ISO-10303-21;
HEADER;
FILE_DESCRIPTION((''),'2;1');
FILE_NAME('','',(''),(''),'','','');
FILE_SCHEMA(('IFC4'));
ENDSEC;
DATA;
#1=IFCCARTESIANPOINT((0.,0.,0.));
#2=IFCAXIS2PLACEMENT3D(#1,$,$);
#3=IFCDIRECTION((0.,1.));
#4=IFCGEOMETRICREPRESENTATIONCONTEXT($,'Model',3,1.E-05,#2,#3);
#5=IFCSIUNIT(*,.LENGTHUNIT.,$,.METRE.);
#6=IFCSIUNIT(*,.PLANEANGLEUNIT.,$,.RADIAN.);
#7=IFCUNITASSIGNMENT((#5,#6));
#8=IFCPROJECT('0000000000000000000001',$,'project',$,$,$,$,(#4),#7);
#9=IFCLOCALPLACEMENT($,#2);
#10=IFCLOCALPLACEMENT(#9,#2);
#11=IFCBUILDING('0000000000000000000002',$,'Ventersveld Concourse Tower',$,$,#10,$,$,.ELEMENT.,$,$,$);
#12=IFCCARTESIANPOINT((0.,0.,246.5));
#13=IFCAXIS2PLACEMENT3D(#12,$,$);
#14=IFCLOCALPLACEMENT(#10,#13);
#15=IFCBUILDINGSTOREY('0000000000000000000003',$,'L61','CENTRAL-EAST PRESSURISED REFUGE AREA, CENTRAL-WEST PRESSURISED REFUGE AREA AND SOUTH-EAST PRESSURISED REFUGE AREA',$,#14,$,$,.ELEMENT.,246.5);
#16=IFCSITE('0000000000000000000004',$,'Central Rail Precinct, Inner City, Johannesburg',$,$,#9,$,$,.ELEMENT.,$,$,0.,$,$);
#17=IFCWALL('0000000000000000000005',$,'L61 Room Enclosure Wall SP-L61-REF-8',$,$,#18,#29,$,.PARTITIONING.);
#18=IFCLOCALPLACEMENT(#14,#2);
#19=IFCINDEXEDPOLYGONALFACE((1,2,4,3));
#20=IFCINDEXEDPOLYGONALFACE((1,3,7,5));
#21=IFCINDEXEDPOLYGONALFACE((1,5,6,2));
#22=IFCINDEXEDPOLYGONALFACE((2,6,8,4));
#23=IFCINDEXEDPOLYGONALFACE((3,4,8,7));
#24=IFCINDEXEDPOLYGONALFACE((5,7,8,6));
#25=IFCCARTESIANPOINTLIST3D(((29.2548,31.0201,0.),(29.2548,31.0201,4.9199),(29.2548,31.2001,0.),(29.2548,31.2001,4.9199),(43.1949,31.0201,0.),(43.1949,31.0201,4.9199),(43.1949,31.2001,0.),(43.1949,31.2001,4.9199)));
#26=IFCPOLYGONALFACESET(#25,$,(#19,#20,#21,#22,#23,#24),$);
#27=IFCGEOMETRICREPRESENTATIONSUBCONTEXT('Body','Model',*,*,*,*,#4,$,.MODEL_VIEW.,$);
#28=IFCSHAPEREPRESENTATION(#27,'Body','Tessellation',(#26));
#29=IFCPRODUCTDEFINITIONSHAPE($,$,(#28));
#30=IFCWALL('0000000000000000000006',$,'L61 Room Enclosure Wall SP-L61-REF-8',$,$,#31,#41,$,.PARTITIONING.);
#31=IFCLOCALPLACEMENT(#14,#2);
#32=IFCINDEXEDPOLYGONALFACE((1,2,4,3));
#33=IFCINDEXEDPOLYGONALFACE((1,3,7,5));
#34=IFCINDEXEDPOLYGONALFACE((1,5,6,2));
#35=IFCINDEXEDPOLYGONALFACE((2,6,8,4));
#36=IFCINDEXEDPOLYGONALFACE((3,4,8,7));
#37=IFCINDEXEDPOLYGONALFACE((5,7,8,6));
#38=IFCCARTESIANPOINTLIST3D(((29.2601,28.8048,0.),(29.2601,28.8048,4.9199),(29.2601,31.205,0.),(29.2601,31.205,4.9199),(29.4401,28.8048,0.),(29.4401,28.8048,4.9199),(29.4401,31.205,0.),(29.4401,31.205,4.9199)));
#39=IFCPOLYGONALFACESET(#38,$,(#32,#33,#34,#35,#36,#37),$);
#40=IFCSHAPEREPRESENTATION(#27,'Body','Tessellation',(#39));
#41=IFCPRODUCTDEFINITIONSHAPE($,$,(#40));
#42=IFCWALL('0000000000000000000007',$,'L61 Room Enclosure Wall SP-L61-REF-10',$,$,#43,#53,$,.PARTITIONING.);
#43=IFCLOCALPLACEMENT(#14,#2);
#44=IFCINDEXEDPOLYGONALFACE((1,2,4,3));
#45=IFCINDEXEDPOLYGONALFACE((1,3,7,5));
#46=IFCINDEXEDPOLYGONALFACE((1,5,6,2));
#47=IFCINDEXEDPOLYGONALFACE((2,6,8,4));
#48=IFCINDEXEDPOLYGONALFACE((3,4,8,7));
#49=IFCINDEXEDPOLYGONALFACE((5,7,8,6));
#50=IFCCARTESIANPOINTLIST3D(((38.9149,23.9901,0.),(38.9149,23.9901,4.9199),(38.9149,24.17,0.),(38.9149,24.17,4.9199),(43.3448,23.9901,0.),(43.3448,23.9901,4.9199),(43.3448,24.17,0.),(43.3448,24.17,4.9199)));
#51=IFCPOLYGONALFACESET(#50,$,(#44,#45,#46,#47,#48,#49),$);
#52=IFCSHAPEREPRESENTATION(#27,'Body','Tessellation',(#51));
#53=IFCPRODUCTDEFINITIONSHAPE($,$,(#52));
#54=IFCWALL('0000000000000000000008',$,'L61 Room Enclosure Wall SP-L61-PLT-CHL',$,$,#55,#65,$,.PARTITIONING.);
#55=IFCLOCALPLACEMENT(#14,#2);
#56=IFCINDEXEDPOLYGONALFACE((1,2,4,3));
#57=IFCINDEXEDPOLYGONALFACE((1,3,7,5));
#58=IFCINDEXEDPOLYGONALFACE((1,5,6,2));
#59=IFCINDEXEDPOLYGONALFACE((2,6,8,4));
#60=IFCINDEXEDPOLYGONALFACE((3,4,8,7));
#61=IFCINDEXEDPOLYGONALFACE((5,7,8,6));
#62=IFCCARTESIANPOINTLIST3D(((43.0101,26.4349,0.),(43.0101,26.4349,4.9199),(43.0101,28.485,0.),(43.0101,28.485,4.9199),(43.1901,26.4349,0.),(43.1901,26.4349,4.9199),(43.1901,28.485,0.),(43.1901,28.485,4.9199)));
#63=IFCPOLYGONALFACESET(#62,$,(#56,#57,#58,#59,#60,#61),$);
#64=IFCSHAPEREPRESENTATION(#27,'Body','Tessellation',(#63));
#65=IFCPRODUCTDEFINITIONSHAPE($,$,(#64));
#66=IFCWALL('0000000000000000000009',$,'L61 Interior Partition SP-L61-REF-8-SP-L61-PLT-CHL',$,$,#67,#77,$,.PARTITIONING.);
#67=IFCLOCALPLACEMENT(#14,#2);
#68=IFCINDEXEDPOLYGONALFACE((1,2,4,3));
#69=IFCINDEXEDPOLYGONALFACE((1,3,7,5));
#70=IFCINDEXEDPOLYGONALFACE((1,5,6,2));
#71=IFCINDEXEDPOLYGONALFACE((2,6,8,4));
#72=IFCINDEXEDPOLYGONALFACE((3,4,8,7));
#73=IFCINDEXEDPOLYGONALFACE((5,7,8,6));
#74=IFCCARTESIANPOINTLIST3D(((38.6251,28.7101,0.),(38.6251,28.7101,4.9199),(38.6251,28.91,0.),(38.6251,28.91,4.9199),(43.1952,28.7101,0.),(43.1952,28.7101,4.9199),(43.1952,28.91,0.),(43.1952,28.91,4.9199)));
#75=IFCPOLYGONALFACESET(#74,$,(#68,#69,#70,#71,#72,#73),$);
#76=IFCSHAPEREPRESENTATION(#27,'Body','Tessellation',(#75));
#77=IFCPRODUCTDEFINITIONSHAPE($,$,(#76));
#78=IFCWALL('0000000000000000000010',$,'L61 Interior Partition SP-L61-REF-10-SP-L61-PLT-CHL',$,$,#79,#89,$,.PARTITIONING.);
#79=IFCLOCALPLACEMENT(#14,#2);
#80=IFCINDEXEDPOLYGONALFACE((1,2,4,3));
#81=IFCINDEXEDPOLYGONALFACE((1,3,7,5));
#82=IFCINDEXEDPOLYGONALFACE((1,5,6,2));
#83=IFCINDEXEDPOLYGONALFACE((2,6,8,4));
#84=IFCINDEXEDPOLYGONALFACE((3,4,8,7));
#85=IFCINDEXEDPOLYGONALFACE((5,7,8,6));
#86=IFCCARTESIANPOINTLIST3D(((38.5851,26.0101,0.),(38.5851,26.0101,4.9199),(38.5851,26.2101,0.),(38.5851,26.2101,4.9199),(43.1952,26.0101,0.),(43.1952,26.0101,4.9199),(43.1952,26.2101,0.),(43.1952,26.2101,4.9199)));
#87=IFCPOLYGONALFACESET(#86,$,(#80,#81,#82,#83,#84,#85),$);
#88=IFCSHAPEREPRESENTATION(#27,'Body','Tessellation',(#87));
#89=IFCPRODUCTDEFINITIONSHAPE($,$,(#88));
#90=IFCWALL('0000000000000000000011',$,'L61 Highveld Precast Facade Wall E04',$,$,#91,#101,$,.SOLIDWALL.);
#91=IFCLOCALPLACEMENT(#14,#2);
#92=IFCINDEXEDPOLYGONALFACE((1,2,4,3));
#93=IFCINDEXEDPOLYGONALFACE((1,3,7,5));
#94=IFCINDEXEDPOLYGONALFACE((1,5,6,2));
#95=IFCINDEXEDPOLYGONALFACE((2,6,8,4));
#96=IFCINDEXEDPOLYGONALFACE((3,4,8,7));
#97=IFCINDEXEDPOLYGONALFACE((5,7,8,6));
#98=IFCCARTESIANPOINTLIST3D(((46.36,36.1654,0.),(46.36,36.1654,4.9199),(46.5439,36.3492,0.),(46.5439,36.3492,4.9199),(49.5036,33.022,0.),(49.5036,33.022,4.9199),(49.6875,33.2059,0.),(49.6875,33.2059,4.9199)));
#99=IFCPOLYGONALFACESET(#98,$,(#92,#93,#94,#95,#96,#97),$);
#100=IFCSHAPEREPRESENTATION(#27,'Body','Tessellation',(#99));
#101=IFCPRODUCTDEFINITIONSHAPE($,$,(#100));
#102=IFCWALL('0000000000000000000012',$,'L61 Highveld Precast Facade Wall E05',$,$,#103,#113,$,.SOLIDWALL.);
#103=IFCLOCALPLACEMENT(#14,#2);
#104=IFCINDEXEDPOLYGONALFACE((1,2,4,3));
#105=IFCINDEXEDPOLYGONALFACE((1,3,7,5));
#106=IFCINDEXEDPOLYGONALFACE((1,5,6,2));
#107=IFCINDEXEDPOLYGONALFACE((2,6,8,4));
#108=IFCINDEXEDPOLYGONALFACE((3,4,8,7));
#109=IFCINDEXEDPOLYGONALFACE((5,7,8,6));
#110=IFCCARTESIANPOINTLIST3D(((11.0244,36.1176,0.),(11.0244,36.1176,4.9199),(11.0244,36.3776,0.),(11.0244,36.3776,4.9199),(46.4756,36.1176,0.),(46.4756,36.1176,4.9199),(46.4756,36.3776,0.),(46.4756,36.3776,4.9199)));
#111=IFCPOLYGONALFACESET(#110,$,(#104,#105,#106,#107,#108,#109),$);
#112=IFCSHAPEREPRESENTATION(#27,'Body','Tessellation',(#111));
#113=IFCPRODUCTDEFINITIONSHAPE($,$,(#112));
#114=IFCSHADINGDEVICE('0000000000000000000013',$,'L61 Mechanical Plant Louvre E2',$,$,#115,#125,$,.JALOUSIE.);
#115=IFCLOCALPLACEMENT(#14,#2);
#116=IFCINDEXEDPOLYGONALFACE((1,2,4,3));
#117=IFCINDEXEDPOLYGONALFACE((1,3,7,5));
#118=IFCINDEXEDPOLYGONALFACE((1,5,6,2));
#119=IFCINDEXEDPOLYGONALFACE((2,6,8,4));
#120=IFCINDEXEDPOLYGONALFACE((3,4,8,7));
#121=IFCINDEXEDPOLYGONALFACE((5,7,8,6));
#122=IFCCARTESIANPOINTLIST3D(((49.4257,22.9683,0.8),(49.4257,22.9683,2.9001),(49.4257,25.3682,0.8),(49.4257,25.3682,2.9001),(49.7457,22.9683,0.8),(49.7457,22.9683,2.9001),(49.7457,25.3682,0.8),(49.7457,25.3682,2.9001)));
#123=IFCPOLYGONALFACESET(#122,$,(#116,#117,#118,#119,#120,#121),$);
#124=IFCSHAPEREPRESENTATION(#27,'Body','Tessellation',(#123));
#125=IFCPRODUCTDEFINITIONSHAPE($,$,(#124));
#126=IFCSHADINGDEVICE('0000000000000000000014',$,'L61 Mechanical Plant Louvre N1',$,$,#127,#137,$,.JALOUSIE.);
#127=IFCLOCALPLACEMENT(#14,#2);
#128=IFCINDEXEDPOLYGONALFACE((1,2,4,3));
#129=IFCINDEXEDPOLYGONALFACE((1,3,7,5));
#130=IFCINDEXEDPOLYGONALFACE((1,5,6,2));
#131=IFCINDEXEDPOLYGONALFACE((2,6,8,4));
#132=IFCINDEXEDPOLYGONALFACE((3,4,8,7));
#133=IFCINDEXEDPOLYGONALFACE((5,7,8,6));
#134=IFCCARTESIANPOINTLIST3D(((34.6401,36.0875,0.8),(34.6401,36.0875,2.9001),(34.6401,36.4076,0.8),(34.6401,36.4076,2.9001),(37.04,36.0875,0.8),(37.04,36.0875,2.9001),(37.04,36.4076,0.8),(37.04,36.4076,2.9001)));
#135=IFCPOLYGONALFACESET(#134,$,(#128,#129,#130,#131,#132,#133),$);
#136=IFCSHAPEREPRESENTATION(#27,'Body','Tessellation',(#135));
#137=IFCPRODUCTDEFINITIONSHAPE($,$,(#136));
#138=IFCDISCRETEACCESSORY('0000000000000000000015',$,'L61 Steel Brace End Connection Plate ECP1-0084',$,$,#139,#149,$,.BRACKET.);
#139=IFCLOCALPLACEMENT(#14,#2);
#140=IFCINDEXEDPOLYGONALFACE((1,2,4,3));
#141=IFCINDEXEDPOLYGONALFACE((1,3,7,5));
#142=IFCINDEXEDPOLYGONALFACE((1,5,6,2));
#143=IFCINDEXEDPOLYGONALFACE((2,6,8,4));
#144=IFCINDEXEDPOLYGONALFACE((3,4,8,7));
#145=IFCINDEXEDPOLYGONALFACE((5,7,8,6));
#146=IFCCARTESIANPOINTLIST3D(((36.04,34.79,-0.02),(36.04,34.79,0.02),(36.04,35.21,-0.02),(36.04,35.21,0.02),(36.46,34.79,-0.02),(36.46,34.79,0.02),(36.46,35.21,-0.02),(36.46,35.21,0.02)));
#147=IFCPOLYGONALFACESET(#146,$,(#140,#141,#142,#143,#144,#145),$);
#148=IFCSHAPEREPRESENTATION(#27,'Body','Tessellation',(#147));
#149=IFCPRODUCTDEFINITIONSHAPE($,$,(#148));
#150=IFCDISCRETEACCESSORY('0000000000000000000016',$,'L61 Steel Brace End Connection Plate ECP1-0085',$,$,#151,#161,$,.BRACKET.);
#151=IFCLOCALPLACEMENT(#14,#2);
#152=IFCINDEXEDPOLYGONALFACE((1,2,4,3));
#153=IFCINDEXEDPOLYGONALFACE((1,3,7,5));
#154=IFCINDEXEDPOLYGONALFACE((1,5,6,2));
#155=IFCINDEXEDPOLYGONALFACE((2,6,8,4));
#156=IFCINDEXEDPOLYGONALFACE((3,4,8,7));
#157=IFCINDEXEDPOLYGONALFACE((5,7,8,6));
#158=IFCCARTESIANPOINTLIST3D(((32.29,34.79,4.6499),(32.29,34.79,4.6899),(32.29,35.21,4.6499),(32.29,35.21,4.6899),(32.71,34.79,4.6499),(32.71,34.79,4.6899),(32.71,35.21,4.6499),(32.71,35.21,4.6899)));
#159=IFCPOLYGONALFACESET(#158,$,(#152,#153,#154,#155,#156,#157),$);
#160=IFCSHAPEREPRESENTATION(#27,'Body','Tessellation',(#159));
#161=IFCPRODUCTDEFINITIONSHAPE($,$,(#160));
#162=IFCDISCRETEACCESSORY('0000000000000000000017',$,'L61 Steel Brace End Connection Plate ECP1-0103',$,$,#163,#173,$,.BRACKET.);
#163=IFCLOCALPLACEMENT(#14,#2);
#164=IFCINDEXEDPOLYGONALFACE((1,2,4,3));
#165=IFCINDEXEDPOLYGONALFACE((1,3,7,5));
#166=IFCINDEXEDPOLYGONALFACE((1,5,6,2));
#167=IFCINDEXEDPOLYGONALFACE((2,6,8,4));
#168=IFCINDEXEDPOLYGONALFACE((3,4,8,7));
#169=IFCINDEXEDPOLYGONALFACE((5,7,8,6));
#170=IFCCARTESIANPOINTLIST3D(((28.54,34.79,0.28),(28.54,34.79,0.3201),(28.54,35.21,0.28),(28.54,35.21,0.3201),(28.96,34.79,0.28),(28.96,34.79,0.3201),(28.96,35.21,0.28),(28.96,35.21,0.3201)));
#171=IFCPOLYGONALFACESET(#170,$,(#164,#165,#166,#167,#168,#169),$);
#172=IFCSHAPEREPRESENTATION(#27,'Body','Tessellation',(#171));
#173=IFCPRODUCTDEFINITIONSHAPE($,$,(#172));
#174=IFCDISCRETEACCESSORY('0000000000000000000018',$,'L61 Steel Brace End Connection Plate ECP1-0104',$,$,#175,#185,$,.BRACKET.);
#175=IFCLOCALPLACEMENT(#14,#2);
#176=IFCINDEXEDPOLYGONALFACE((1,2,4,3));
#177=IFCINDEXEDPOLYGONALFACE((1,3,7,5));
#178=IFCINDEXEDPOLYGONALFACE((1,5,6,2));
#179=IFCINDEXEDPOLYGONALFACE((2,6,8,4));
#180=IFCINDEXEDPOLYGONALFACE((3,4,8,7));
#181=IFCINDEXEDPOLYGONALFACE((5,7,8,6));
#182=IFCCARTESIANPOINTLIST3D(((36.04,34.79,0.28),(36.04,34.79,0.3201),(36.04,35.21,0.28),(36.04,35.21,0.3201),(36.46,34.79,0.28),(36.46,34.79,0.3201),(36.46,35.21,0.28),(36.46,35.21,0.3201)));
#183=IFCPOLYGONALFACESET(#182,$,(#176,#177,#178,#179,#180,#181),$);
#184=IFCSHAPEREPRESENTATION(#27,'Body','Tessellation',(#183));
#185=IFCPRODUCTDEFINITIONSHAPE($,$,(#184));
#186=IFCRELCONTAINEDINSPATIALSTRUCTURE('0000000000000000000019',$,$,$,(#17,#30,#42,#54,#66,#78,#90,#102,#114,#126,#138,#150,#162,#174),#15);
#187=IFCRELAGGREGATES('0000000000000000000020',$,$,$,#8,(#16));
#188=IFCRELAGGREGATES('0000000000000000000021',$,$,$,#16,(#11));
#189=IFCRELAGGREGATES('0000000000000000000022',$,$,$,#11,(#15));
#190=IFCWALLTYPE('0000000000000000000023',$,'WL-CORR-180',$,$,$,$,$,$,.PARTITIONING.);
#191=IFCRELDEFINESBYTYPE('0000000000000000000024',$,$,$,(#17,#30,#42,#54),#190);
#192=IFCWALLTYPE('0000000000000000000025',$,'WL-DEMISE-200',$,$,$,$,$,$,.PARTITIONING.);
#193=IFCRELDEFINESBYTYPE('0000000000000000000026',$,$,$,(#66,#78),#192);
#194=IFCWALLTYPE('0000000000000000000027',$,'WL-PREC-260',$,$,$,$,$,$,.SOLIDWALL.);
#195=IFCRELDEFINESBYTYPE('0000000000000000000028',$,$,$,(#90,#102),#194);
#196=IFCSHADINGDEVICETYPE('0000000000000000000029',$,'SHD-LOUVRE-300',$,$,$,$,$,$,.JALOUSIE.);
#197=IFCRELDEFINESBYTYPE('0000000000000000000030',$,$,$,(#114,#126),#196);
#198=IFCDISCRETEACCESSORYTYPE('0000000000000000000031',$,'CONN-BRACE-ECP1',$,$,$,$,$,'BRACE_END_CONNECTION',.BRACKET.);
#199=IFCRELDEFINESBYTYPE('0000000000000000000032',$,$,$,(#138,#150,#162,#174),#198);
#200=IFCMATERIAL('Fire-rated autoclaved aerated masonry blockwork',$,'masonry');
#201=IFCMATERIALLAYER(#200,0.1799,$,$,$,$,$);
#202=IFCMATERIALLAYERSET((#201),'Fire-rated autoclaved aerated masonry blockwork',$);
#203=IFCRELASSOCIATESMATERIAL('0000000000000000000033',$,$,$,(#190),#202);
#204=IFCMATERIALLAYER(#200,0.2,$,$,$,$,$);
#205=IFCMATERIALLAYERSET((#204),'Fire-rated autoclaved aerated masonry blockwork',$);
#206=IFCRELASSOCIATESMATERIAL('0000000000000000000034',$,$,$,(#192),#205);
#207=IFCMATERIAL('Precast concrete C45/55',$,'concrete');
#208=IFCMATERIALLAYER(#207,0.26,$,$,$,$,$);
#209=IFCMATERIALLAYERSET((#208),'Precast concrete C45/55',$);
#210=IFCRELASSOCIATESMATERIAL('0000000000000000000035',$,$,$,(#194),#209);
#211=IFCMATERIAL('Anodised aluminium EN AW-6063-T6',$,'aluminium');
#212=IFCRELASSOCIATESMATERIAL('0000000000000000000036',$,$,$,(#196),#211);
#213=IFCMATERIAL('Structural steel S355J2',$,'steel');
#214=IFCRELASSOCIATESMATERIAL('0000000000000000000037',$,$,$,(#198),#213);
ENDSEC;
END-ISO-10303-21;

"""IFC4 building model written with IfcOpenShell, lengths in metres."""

from ifc_helpers import new_model, si_unit, direction, frame, frame_2d, origin, origin_2d, place, context, subcontext, project, spatial, rectangle, extrude, material, layer, layer_set, type_object, element, save


model = new_model("IFC4")

# Units and contexts
model_context = context("Model", 3, precision=1e-05, world=origin(), true_north=direction((0.0, 1.0)))
body_context = subcontext(model_context, "Body", "Model", "MODEL_VIEW")
ifc_project = project(units=[si_unit("LENGTHUNIT", "METRE"), si_unit("PLANEANGLEUNIT", "RADIAN")], contexts=[model_context])

# Site, building, storey
site_placement = place(None, origin())
site = spatial("IfcSite", under=ifc_project, at=site_placement, Name="Central Rail Precinct, Inner City, Johannesburg", CompositionType="ELEMENT", RefElevation=0.0)
building_placement = place(site_placement, origin())
building = spatial("IfcBuilding", under=site, at=building_placement, Name="Ventersveld Concourse Tower", CompositionType="ELEMENT")
storey_placement = place(building_placement, frame((0.0, 0.0, 246.5)))
storey = spatial("IfcBuildingStorey", under=building, at=storey_placement, Name="L61", Description="CENTRAL-EAST PRESSURISED REFUGE AREA, CENTRAL-WEST PRESSURISED REFUGE AREA AND SOUTH-EAST PRESSURISED REFUGE AREA", CompositionType="ELEMENT", Elevation=246.5)

# Shared definitions
ifc_material_1 = material(Name="Structural steel S355J2", Category="steel")

# Shared definitions
ifc_material_2 = material(Name="Fire-rated autoclaved aerated masonry blockwork", Category="masonry")
ifc_layer_1 = layer(ifc_material_2, 0.1799)
ifc_layer_set_1 = layer_set([ifc_layer_1], Name="Fire-rated autoclaved aerated masonry blockwork")
wall_type_1 = type_object("IfcWallType", Name="WL-CORR-180", PredefinedType="PARTITIONING", material=ifc_layer_set_1)

# Walls
wall_1_placement = place(storey_placement, frame((43.1951, 31.1101, 0.0), z_axis=(0.0, 0.0, 1.0), x_axis=(-1.0, 0.0, 0.0)))
element("IfcWall", 1, at=wall_1_placement, inside=storey, type_object=wall_type_1, Name="L61 Room Enclosure Wall SP-L61-REF-8", PredefinedType="PARTITIONING", context=body_context, shape_type="SweptSolid", body=[
    extrude(rectangle(XDim=13.9402, YDim=0.1799, at=frame_2d((6.9702, 0.0))), origin(), (0.0, 0.0, 1.0), 4.9199),
])
wall_2_placement = place(storey_placement, frame((29.3501, 31.2051, 0.0), z_axis=(0.0, 0.0, 1.0), x_axis=(0.0, -1.0, 0.0)))
element("IfcWall", 2, at=wall_2_placement, inside=storey, type_object=wall_type_1, Name="L61 Room Enclosure Wall SP-L61-REF-8", PredefinedType="PARTITIONING", context=body_context, shape_type="SweptSolid", body=[
    extrude(rectangle(XDim=2.4001, YDim=0.1799, at=frame_2d((1.2002, 0.0))), origin(), (0.0, 0.0, 1.0), 4.9199),
])
wall_3_placement = place(storey_placement, frame((38.915, 24.0801, 0.0), z_axis=(0.0, 0.0, 1.0), x_axis=(1.0, 0.0, 0.0)))
element("IfcWall", 3, at=wall_3_placement, inside=storey, type_object=wall_type_1, Name="L61 Room Enclosure Wall SP-L61-REF-10", PredefinedType="PARTITIONING", context=body_context, shape_type="SweptSolid", body=[
    extrude(rectangle(XDim=4.4299, YDim=0.1799, at=frame_2d((2.2148, 0.0))), origin(), (0.0, 0.0, 1.0), 4.9199),
])
wall_4_placement = place(storey_placement, frame((43.1001, 26.4351, 0.0), z_axis=(0.0, 0.0, 1.0), x_axis=(0.0, 1.0, 0.0)))
element("IfcWall", 4, at=wall_4_placement, inside=storey, type_object=wall_type_1, Name="L61 Room Enclosure Wall SP-L61-PLT-CHL", PredefinedType="PARTITIONING", context=body_context, shape_type="SweptSolid", body=[
    extrude(rectangle(XDim=2.05, YDim=0.1799, at=frame_2d((1.0249, 0.0))), origin(), (0.0, 0.0, 1.0), 4.9199),
])
ifc_layer_2 = layer(ifc_material_2, 0.2)
ifc_layer_set_2 = layer_set([ifc_layer_2], Name="Fire-rated autoclaved aerated masonry blockwork")
wall_type_2 = type_object("IfcWallType", Name="WL-DEMISE-200", PredefinedType="PARTITIONING", material=ifc_layer_set_2)
wall_5_placement = place(storey_placement, frame((38.625, 28.8101, 0.0), z_axis=(0.0, 0.0, 1.0), x_axis=(1.0, 0.0, 0.0)))
element("IfcWall", 5, at=wall_5_placement, inside=storey, type_object=wall_type_2, Name="L61 Interior Partition SP-L61-REF-8-SP-L61-PLT-CHL", PredefinedType="PARTITIONING", context=body_context, shape_type="SweptSolid", body=[
    extrude(rectangle(XDim=4.5701, YDim=0.2, at=frame_2d((2.2852, 0.0))), origin(), (0.0, 0.0, 1.0), 4.9199),
])
wall_6_placement = place(storey_placement, frame((38.585, 26.1101, 0.0), z_axis=(0.0, 0.0, 1.0), x_axis=(1.0, 0.0, 0.0)))
element("IfcWall", 6, at=wall_6_placement, inside=storey, type_object=wall_type_2, Name="L61 Interior Partition SP-L61-REF-10-SP-L61-PLT-CHL", PredefinedType="PARTITIONING", context=body_context, shape_type="SweptSolid", body=[
    extrude(rectangle(XDim=4.6101, YDim=0.2, at=frame_2d((2.3052, 0.0))), origin(), (0.0, 0.0, 1.0), 4.9199),
])
ifc_material_3 = material(Name="Precast concrete C45/55", Category="concrete")
ifc_layer_3 = layer(ifc_material_3, 0.26)
ifc_layer_set_3 = layer_set([ifc_layer_3], Name="Precast concrete C45/55")
wall_type_3 = type_object("IfcWallType", Name="WL-PREC-260", PredefinedType="SOLIDWALL", material=ifc_layer_set_3)
wall_7_placement = place(storey_placement, frame((49.5955, 33.114, 0.0), z_axis=(0.0, 0.0, 1.0), x_axis=(-0.707134, 0.707079, 0.0)))
element("IfcWall", 7, at=wall_7_placement, inside=storey, type_object=wall_type_3, Name="L61 Highveld Precast Facade Wall E04", PredefinedType="SOLIDWALL", context=body_context, shape_type="SweptSolid", body=[
    extrude(rectangle(XDim=4.4456, YDim=0.26, at=frame_2d((2.2227, 0.0))), origin(), (0.0, 0.0, 1.0), 4.9199),
])
wall_8_placement = place(storey_placement, frame((46.4756, 36.2476, 0.0), z_axis=(0.0, 0.0, 1.0), x_axis=(-1.0, 0.0, 0.0)))
element("IfcWall", 8, at=wall_8_placement, inside=storey, type_object=wall_type_3, Name="L61 Highveld Precast Facade Wall E05", PredefinedType="SOLIDWALL", context=body_context, shape_type="SweptSolid", body=[
    extrude(rectangle(XDim=35.4512, YDim=0.26, at=frame_2d((17.7256, 0.0))), origin(), (0.0, 0.0, 1.0), 4.9199),
])

# Shading devices
ifc_material_4 = material(Name="Anodised aluminium EN AW-6063-T6", Category="aluminium")
shading_device_type = type_object("IfcShadingDeviceType", Name="SHD-LOUVRE-300", PredefinedType="JALOUSIE", material=ifc_material_4)
for number, where, z_axis, x_axis, name in (
    (9, (49.5857, 24.1682, 0.8), (0.0, 0.0, 1.0), (0.0, 1.0, 0.0), "L61 Mechanical Plant Louvre E2"),
    (10, (35.8401, 36.2476, 0.8), (0.0, 0.0, 1.0), (-1.0, 0.0, 0.0), "L61 Mechanical Plant Louvre N1"),
):
    element("IfcShadingDevice", number, at=place(storey_placement, frame(where, z_axis=z_axis, x_axis=x_axis)), inside=storey, type_object=shading_device_type, Name=name, PredefinedType="JALOUSIE", context=body_context, shape_type="SweptSolid", body=[
        extrude(rectangle(XDim=2.3999, YDim=0.3201, at=origin_2d()), origin(), (0.0, 0.0, 1.0), 2.1001),
    ])

# Discrete accessories
discrete_accessory_type = type_object("IfcDiscreteAccessoryType", Name="CONN-BRACE-ECP1", ElementType="BRACE_END_CONNECTION", PredefinedType="BRACKET", material=ifc_material_1)
for number, where, z_axis, x_axis, name in (
    (11, (36.25, 35.0, -0.02), (0.0, 0.0, 1.0), (1.0, 0.0, 0.0), "L61 Steel Brace End Connection Plate ECP1-0084"),
    (12, (32.5, 35.0, 4.6499), (0.0, 0.0, 1.0), (1.0, 0.0, 0.0), "L61 Steel Brace End Connection Plate ECP1-0085"),
    (13, (28.75, 35.0, 0.28), (0.0, 0.0, 1.0), (1.0, 0.0, 0.0), "L61 Steel Brace End Connection Plate ECP1-0103"),
    (14, (36.25, 35.0, 0.28), (0.0, 0.0, 1.0), (1.0, 0.0, 0.0), "L61 Steel Brace End Connection Plate ECP1-0104"),
):
    element("IfcDiscreteAccessory", number, at=place(storey_placement, frame(where, z_axis=z_axis, x_axis=x_axis)), inside=storey, type_object=discrete_accessory_type, Name=name, PredefinedType="BRACKET", context=body_context, shape_type="SweptSolid", body=[
        extrude(rectangle(XDim=0.4199, YDim=0.4199, at=origin_2d()), origin(), (0.0, 0.0, 1.0), 0.04),
    ])

save(model, "model.ifc")
